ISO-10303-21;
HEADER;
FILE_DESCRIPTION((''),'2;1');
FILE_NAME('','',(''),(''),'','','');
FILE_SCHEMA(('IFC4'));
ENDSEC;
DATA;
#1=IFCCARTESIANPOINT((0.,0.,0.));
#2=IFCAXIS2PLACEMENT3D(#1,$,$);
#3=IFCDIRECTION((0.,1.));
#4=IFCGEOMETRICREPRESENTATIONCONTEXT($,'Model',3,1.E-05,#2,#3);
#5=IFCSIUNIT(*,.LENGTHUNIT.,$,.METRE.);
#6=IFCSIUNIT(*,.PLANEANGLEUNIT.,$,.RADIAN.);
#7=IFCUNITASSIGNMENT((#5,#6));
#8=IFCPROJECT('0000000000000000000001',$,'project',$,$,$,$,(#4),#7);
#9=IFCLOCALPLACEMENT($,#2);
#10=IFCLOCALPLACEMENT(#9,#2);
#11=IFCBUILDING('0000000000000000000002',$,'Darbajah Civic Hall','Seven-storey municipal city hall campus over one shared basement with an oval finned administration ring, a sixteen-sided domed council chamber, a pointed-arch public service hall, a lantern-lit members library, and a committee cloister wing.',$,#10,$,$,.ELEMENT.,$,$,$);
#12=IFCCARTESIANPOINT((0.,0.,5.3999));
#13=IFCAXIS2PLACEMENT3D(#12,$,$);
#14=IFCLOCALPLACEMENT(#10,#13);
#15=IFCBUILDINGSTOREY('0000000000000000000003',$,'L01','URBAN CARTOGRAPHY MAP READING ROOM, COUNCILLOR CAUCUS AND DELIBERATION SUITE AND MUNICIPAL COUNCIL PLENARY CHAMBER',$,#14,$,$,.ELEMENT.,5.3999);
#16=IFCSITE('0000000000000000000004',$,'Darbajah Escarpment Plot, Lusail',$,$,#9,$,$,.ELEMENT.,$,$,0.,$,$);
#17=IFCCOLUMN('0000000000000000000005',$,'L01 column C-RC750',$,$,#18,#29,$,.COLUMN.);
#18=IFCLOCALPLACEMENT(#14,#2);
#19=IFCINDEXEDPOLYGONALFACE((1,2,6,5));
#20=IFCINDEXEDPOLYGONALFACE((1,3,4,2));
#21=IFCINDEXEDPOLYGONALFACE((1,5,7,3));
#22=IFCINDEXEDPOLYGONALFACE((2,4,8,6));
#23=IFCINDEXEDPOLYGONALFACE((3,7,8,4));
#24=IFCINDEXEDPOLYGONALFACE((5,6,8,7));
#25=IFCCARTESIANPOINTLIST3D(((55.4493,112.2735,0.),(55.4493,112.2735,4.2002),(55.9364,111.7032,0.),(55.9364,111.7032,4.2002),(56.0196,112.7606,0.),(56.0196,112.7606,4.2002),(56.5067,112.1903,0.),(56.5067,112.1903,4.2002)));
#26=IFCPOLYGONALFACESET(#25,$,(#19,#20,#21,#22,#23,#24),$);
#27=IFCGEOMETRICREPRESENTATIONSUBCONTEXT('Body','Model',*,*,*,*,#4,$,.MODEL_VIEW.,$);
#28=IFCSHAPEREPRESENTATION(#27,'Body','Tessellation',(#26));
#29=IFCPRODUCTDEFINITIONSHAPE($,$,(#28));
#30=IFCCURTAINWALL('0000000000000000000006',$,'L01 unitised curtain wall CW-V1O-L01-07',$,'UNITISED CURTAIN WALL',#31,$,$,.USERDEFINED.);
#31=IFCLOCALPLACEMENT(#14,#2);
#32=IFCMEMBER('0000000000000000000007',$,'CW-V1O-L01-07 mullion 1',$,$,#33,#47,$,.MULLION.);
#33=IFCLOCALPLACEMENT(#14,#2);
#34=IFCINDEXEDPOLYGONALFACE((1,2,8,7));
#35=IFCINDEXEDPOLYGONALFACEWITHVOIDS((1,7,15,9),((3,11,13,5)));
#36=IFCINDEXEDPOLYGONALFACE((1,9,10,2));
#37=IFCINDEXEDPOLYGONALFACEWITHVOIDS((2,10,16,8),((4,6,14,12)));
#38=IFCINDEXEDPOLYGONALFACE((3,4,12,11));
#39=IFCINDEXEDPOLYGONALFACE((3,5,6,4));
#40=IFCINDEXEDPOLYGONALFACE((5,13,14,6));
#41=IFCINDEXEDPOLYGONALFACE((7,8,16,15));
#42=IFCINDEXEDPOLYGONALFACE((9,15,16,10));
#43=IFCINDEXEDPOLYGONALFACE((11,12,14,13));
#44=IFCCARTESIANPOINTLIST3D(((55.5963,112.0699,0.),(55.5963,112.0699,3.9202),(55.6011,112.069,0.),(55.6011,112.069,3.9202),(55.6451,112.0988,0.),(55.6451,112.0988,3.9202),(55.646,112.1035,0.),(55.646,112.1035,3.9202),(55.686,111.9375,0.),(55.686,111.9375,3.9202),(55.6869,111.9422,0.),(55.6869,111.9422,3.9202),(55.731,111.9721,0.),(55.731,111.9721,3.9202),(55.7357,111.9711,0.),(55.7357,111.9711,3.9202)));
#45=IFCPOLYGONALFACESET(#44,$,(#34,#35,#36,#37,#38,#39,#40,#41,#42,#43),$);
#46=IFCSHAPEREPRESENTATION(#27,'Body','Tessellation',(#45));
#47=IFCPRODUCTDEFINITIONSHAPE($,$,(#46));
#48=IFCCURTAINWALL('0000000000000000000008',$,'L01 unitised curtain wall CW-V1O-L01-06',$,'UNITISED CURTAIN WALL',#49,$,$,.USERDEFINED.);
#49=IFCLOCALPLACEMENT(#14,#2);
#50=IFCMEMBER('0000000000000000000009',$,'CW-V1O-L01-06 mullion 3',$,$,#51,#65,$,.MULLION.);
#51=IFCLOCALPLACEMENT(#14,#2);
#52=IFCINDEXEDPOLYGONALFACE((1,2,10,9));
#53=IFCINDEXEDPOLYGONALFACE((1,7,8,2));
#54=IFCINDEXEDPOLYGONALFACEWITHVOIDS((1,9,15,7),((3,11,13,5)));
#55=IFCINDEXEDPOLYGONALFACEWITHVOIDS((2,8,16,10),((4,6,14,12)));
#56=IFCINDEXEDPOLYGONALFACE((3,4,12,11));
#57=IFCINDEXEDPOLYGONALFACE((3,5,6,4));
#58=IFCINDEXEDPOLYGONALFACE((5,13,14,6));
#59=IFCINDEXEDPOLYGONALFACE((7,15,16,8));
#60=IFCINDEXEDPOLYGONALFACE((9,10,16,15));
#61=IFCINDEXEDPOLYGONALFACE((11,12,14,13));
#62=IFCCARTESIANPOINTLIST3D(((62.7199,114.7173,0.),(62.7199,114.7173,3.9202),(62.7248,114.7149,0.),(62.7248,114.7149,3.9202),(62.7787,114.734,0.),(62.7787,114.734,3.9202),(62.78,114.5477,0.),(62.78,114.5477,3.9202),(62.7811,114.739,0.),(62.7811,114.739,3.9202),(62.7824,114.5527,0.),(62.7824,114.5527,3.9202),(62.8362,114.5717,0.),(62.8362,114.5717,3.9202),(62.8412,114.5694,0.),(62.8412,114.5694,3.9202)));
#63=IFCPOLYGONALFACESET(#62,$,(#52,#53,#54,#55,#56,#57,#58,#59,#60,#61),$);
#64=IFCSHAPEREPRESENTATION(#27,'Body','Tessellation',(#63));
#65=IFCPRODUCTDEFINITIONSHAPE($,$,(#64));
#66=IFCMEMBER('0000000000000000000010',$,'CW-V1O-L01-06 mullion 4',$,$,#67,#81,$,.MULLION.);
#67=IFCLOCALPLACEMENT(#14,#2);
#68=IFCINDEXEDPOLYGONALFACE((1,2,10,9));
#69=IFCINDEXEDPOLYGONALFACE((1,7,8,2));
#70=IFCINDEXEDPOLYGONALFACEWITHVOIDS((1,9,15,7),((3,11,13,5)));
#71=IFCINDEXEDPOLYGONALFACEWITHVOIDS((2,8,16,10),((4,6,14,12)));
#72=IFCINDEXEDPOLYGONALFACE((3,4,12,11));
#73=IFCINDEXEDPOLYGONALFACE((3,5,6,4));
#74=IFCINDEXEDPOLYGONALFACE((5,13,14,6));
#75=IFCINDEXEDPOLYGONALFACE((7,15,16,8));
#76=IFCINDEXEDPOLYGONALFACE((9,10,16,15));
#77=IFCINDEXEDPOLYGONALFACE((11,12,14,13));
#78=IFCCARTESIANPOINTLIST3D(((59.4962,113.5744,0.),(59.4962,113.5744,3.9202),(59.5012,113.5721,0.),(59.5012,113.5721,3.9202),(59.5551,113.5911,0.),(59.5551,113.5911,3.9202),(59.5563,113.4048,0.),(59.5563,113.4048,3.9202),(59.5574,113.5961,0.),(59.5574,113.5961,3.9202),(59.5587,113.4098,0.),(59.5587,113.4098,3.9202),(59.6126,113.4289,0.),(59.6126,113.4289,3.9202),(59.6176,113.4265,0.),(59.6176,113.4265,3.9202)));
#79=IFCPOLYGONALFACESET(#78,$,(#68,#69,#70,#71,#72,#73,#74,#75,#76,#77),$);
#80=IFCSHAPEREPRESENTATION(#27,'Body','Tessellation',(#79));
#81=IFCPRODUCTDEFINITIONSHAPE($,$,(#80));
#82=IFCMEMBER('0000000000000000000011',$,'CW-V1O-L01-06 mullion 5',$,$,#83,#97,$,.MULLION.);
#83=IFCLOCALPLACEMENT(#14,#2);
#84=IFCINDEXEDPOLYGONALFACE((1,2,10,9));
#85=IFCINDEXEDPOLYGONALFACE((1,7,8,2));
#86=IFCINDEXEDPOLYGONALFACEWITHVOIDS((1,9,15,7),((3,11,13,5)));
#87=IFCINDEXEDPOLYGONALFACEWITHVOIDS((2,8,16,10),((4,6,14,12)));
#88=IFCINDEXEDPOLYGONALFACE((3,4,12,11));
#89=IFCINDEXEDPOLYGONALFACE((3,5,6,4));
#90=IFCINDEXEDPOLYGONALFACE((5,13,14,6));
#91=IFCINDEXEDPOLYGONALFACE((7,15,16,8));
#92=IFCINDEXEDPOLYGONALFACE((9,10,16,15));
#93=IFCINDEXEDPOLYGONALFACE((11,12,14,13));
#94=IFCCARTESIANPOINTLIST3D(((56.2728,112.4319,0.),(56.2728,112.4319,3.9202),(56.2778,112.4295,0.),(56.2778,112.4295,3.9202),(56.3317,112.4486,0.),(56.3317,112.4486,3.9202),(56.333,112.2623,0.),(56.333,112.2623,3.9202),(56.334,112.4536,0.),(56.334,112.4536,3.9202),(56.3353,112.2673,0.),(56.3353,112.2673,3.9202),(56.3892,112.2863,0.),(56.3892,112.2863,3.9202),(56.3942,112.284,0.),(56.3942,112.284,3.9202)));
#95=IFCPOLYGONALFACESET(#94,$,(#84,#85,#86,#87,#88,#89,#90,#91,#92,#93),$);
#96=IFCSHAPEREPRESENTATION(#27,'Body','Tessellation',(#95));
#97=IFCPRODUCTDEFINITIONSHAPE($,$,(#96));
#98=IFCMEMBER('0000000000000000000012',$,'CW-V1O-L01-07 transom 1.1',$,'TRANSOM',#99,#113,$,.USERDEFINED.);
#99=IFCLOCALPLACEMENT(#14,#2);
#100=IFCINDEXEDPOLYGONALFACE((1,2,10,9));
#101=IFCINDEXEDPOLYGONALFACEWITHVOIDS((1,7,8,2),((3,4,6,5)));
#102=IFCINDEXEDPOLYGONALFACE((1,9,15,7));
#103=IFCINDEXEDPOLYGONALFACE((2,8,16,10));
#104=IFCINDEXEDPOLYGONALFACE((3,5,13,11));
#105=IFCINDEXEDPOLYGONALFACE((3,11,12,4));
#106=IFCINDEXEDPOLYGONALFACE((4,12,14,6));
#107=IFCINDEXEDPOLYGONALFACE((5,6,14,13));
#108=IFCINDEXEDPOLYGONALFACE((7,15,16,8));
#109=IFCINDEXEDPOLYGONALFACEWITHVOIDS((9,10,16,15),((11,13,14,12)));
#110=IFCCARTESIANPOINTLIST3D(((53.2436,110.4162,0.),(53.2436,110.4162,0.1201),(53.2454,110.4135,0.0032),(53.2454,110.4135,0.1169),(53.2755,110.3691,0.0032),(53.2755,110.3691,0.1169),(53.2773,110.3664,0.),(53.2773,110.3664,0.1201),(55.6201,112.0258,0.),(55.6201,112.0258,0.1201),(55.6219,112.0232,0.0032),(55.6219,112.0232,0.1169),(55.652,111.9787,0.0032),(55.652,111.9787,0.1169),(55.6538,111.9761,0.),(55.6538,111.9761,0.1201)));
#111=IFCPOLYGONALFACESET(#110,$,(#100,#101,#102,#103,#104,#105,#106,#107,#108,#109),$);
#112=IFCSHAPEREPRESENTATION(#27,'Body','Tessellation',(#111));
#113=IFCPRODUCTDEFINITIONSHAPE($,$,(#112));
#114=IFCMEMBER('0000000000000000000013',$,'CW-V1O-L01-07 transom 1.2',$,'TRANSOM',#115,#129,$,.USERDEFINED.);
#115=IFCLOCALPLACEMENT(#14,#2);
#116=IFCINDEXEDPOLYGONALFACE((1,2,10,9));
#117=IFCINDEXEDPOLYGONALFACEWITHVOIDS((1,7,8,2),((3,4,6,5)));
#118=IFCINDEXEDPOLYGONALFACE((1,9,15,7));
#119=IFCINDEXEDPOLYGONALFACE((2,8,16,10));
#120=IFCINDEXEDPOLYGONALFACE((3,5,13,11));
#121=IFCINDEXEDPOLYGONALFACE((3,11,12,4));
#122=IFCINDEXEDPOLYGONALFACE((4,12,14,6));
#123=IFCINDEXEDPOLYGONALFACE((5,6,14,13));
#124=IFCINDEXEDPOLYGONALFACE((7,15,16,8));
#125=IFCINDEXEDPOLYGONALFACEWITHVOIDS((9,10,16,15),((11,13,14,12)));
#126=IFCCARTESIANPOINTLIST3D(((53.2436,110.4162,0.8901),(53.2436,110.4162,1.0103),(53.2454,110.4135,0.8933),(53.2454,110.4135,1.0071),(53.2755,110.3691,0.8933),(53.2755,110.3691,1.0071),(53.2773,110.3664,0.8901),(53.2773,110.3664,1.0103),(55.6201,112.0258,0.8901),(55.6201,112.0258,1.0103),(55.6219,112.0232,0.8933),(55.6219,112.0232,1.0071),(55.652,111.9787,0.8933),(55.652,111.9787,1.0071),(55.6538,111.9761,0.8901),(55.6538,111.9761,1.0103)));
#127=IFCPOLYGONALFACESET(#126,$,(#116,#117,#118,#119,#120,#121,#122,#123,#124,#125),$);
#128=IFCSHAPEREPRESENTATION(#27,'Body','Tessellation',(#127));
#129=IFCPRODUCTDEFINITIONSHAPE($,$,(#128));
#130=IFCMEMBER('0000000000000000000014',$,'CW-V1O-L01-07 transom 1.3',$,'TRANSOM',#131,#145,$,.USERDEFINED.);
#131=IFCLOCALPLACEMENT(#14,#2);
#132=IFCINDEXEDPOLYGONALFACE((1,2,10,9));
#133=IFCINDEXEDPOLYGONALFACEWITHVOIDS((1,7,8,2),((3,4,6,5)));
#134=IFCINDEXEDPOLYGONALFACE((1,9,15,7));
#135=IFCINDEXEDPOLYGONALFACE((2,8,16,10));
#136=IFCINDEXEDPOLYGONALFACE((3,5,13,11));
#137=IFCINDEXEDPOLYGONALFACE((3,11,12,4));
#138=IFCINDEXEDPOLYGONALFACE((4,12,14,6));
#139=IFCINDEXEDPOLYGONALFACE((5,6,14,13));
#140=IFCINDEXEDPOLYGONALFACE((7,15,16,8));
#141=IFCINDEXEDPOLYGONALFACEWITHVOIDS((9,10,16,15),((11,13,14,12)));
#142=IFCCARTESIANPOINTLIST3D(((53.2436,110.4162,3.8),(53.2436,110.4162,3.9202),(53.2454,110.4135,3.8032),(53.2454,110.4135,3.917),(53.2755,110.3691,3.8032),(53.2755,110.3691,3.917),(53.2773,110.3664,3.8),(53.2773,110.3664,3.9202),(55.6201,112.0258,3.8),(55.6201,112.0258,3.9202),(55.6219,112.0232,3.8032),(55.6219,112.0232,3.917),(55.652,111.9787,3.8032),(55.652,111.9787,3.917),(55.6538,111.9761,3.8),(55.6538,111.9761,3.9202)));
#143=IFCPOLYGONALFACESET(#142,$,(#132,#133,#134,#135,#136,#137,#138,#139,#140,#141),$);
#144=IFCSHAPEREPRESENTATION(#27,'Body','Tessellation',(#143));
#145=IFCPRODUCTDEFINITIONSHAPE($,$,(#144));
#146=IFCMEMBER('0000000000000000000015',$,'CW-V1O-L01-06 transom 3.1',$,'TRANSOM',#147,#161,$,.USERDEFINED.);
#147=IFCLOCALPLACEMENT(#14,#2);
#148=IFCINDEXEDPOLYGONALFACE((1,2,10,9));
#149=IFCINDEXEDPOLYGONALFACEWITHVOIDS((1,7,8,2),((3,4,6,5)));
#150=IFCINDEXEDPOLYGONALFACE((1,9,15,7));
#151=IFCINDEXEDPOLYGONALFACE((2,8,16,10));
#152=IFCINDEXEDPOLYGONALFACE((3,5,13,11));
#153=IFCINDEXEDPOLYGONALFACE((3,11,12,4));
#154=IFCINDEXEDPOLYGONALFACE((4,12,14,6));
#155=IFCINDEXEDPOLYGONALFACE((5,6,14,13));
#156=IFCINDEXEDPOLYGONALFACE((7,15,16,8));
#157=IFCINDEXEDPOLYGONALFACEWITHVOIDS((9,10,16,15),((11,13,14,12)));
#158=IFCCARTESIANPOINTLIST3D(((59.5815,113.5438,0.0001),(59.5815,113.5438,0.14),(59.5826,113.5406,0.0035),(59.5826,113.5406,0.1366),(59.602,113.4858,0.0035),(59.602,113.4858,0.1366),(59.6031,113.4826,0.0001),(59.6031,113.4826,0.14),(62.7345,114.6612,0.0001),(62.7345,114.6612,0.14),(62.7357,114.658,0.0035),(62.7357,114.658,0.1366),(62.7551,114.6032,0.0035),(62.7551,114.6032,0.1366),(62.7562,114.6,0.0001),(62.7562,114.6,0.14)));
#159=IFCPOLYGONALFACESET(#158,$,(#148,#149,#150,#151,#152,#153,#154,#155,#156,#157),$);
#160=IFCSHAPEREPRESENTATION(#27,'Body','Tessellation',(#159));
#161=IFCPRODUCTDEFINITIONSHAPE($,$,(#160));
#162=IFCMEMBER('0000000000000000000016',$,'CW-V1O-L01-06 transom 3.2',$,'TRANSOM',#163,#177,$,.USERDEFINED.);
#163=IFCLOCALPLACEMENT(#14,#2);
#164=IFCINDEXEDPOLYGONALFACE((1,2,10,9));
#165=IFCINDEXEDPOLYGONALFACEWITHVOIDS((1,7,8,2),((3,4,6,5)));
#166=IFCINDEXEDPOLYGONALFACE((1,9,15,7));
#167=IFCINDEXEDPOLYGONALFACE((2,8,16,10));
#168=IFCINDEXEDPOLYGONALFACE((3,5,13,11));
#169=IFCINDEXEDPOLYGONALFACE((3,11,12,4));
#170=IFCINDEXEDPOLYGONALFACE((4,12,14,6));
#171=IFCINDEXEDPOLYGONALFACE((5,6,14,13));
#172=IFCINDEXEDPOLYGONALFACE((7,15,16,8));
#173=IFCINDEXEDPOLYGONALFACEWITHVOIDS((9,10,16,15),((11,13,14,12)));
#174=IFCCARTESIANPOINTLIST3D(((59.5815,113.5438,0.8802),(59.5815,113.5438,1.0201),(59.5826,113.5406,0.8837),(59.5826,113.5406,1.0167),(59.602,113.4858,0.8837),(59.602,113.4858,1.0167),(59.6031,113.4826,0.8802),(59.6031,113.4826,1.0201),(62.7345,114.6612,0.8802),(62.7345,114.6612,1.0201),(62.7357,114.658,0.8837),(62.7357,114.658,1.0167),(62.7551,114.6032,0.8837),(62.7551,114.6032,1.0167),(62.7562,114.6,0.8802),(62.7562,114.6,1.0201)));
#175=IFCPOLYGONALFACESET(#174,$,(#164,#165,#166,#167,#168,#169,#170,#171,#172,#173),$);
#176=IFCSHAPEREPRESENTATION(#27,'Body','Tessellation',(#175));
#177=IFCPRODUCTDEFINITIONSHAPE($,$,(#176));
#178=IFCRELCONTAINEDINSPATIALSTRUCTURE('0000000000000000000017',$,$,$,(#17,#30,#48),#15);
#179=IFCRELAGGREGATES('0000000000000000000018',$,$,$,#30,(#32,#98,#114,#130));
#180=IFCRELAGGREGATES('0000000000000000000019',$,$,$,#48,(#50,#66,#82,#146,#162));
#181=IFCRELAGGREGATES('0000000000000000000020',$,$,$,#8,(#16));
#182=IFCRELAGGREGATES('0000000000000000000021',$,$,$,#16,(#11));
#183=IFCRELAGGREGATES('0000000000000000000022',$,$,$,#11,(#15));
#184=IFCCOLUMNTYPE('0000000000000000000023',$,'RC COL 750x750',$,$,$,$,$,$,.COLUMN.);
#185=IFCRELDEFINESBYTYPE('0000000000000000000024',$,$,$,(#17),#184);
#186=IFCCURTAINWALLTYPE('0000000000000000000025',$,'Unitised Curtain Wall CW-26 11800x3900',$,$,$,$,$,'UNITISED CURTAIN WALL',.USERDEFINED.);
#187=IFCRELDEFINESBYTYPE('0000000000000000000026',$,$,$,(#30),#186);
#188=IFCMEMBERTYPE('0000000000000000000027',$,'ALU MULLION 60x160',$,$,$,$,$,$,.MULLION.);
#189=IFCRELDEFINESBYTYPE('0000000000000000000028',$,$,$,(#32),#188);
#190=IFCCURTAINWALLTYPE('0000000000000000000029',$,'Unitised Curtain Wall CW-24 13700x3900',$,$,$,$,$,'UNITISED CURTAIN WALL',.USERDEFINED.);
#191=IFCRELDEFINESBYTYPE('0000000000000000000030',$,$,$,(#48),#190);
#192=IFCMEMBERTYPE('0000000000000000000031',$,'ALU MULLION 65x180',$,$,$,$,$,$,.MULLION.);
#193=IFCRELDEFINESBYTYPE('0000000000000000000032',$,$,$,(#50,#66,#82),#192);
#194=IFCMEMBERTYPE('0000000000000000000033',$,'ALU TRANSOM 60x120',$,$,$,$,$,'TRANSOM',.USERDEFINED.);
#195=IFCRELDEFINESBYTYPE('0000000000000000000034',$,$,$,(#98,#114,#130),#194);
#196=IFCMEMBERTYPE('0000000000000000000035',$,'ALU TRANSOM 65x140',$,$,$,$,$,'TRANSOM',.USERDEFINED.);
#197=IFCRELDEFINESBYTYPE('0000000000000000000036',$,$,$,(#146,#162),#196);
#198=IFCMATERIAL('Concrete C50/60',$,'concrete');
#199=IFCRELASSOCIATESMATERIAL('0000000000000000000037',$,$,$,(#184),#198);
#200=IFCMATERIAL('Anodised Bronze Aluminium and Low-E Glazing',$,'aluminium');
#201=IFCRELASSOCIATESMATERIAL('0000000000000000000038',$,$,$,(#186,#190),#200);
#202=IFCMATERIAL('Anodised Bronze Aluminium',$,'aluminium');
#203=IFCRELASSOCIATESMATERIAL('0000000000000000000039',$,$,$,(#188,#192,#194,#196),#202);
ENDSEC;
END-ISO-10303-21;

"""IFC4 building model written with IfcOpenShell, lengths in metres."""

from ifc_helpers import new_model, si_unit, direction, frame, origin, origin_2d, place, context, subcontext, project, spatial, rectangle, hollow_rectangle, extrude, material, material_profile, profile_set, type_object, element, aggregate, save


model = new_model("IFC4")

# Units and contexts
model_context = context("Model", 3, precision=1e-05, world=origin(), true_north=direction((0.0, 1.0)))
body_context = subcontext(model_context, "Body", "Model", "MODEL_VIEW")
ifc_project = project(units=[si_unit("LENGTHUNIT", "METRE"), si_unit("PLANEANGLEUNIT", "RADIAN")], contexts=[model_context])

# Site, building, storey
site_placement = place(None, origin())
site = spatial("IfcSite", under=ifc_project, at=site_placement, Name="Darbajah Escarpment Plot, Lusail", CompositionType="ELEMENT", RefElevation=0.0)
building_placement = place(site_placement, origin())
building = spatial("IfcBuilding", under=site, at=building_placement, Name="Darbajah Civic Hall", Description="Seven-storey municipal city hall campus over one shared basement with an oval finned administration ring, a sixteen-sided domed council chamber, a pointed-arch public service hall, a lantern-lit members library, and a committee cloister wing.", CompositionType="ELEMENT")
storey_placement = place(building_placement, frame((0.0, 0.0, 5.3999)))
storey = spatial("IfcBuildingStorey", under=building, at=storey_placement, Name="L01", Description="URBAN CARTOGRAPHY MAP READING ROOM, COUNCILLOR CAUCUS AND DELIBERATION SUITE AND MUNICIPAL COUNCIL PLENARY CHAMBER", CompositionType="ELEMENT", Elevation=5.3999)

# Column
ifc_material_1 = material(Name="Concrete C50/60", Category="concrete")
ifc_material_profile_1 = material_profile(ifc_material_1, rectangle(XDim=0.75, YDim=0.75, at=origin_2d()), Name="RC COL 750x750")
ifc_profile_set_1 = profile_set([ifc_material_profile_1], Name="Concrete C50/60")
column_type = type_object("IfcColumnType", Name="RC COL 750x750", PredefinedType="COLUMN", material=ifc_profile_set_1)
column_placement = place(storey_placement, frame((55.978, 112.2319, 0.0), z_axis=(0.0, 0.0, 1.0), x_axis=(-0.649448, 0.760406, 0.0)))
element("IfcColumn", 1, at=column_placement, inside=storey, type_object=column_type, Name="L01 column C-RC750", PredefinedType="COLUMN", context=body_context, shape_type="SweptSolid", body=[
    extrude(rectangle(XDim=0.75, YDim=0.75, at=origin_2d()), origin(), (0.0, 0.0, 1.0), 4.2002),
])

# Curtain wall, member
ifc_material_2 = material(Name="Anodised Bronze Aluminium and Low-E Glazing", Category="aluminium")
curtain_wall_type_1 = type_object("IfcCurtainWallType", Name="Unitised Curtain Wall CW-26 11800x3900", ElementType="UNITISED CURTAIN WALL", PredefinedType="USERDEFINED", material=ifc_material_2)
curtain_wall_1_placement = place(storey_placement, origin())
curtain_wall_1 = element("IfcCurtainWall", 2, at=curtain_wall_1_placement, inside=storey, type_object=curtain_wall_type_1, Name="L01 unitised curtain wall CW-V1O-L01-07", ObjectType="UNITISED CURTAIN WALL", PredefinedType="USERDEFINED")
ifc_material_3 = material(Name="Anodised Bronze Aluminium", Category="aluminium")
ifc_material_profile_2 = material_profile(ifc_material_3, hollow_rectangle(XDim=0.0601, YDim=0.1599, WallThickness=0.0034, at=origin_2d()), Name="ALU MULLION 60x160")
ifc_profile_set_2 = profile_set([ifc_material_profile_2], Name="Anodised Bronze Aluminium")
member_type_1 = type_object("IfcMemberType", Name="ALU MULLION 60x160", PredefinedType="MULLION", material=ifc_profile_set_2)
member_1_placement = place(storey_placement, frame((55.666, 112.0205, 0.0), z_axis=(0.0, 0.0, 1.0), x_axis=(-0.827962, -0.560784, 0.0)))
member_1 = element("IfcMember", 3, at=member_1_placement, type_object=member_type_1, Name="CW-V1O-L01-07 mullion 1", PredefinedType="MULLION", context=body_context, shape_type="SweptSolid", body=[
    extrude(hollow_rectangle(XDim=0.0601, YDim=0.1599, WallThickness=0.0034, at=origin_2d()), origin(), (0.0, 0.0, 1.0), 3.9202),
])

# Curtain wall, members
curtain_wall_type_2 = type_object("IfcCurtainWallType", Name="Unitised Curtain Wall CW-24 13700x3900", ElementType="UNITISED CURTAIN WALL", PredefinedType="USERDEFINED", material=ifc_material_2)
curtain_wall_2_placement = place(storey_placement, origin())
curtain_wall_2 = element("IfcCurtainWall", 4, at=curtain_wall_2_placement, inside=storey, type_object=curtain_wall_type_2, Name="L01 unitised curtain wall CW-V1O-L01-06", ObjectType="UNITISED CURTAIN WALL", PredefinedType="USERDEFINED")
ifc_material_profile_3 = material_profile(ifc_material_3, hollow_rectangle(XDim=0.0649, YDim=0.1799, WallThickness=0.0039, at=origin_2d()), Name="ALU MULLION 65x180")
ifc_profile_set_3 = profile_set([ifc_material_profile_3], Name="Anodised Bronze Aluminium")
member_type_2 = type_object("IfcMemberType", Name="ALU MULLION 65x180", PredefinedType="MULLION", material=ifc_profile_set_3)
member_2_placement = place(storey_placement, frame((62.7805, 114.6433, 0.0), z_axis=(0.0, 0.0, 1.0), x_axis=(-0.942525, -0.334136, 0.0)))
member_2 = element("IfcMember", 5, at=member_2_placement, type_object=member_type_2, Name="CW-V1O-L01-06 mullion 3", PredefinedType="MULLION", context=body_context, shape_type="SweptSolid", body=[
    extrude(hollow_rectangle(XDim=0.0649, YDim=0.1799, WallThickness=0.0039, at=origin_2d()), origin(), (0.0, 0.0, 1.0), 3.9202),
])
member_3_placement = place(storey_placement, frame((59.5569, 113.5005, 0.0), z_axis=(0.0, 0.0, 1.0), x_axis=(-0.942525, -0.334136, 0.0)))
member_3 = element("IfcMember", 6, at=member_3_placement, type_object=member_type_2, Name="CW-V1O-L01-06 mullion 4", PredefinedType="MULLION", context=body_context, shape_type="SweptSolid", body=[
    extrude(hollow_rectangle(XDim=0.0649, YDim=0.1799, WallThickness=0.0039, at=origin_2d()), origin(), (0.0, 0.0, 1.0), 3.9202),
])
member_4_placement = place(storey_placement, frame((56.3335, 112.3579, 0.0), z_axis=(0.0, 0.0, 1.0), x_axis=(-0.942525, -0.334136, 0.0)))
member_4 = element("IfcMember", 7, at=member_4_placement, type_object=member_type_2, Name="CW-V1O-L01-06 mullion 5", PredefinedType="MULLION", context=body_context, shape_type="SweptSolid", body=[
    extrude(hollow_rectangle(XDim=0.0649, YDim=0.1799, WallThickness=0.0039, at=origin_2d()), origin(), (0.0, 0.0, 1.0), 3.9202),
])

# Members
ifc_material_profile_4 = material_profile(ifc_material_3, hollow_rectangle(XDim=0.0601, YDim=0.1201, WallThickness=0.0032, at=origin_2d()), Name="ALU TRANSOM 60x120")
ifc_profile_set_4 = profile_set([ifc_material_profile_4], Name="Anodised Bronze Aluminium")
member_type_3 = type_object("IfcMemberType", Name="ALU TRANSOM 60x120", ElementType="TRANSOM", PredefinedType="USERDEFINED", material=ifc_profile_set_4)
member_5_placement = place(storey_placement, frame((55.637, 112.001, 0.0601), z_axis=(-0.827958, -0.56079, 0.0), x_axis=(0.56079, -0.827958, 0.0)))
member_5 = element("IfcMember", 8, at=member_5_placement, type_object=member_type_3, Name="CW-V1O-L01-07 transom 1.1", ObjectType="TRANSOM", PredefinedType="USERDEFINED", context=body_context, shape_type="SweptSolid", body=[
    extrude(hollow_rectangle(XDim=0.0601, YDim=0.1201, WallThickness=0.0032, at=origin_2d()), origin(), (0.0, 0.0, 1.0), 2.8704),
])
member_6_placement = place(storey_placement, frame((55.637, 112.001, 0.9502), z_axis=(-0.827958, -0.56079, 0.0), x_axis=(0.56079, -0.827958, 0.0)))
member_6 = element("IfcMember", 9, at=member_6_placement, type_object=member_type_3, Name="CW-V1O-L01-07 transom 1.2", ObjectType="TRANSOM", PredefinedType="USERDEFINED", context=body_context, shape_type="SweptSolid", body=[
    extrude(hollow_rectangle(XDim=0.0601, YDim=0.1201, WallThickness=0.0032, at=origin_2d()), origin(), (0.0, 0.0, 1.0), 2.8704),
])
member_7_placement = place(storey_placement, frame((55.637, 112.001, 3.8601), z_axis=(-0.827958, -0.56079, 0.0), x_axis=(0.56079, -0.827958, 0.0)))
member_7 = element("IfcMember", 10, at=member_7_placement, type_object=member_type_3, Name="CW-V1O-L01-07 transom 1.3", ObjectType="TRANSOM", PredefinedType="USERDEFINED", context=body_context, shape_type="SweptSolid", body=[
    extrude(hollow_rectangle(XDim=0.0601, YDim=0.1201, WallThickness=0.0032, at=origin_2d()), origin(), (0.0, 0.0, 1.0), 2.8704),
])
aggregate(curtain_wall_1, [member_1, member_5, member_6, member_7])
ifc_material_profile_5 = material_profile(ifc_material_3, hollow_rectangle(XDim=0.0649, YDim=0.1399, WallThickness=0.0034, at=origin_2d()), Name="ALU TRANSOM 65x140")
ifc_profile_set_5 = profile_set([ifc_material_profile_5], Name="Anodised Bronze Aluminium")
member_type_4 = type_object("IfcMemberType", Name="ALU TRANSOM 65x140", ElementType="TRANSOM", PredefinedType="USERDEFINED", material=ifc_profile_set_5)
member_8_placement = place(storey_placement, frame((62.7454, 114.6306, 0.0701), z_axis=(-0.94256, -0.334038, 0.0), x_axis=(0.334038, -0.94256, 0.0)))
member_8 = element("IfcMember", 11, at=member_8_placement, type_object=member_type_4, Name="CW-V1O-L01-06 transom 3.1", ObjectType="TRANSOM", PredefinedType="USERDEFINED", context=body_context, shape_type="SweptSolid", body=[
    extrude(hollow_rectangle(XDim=0.0649, YDim=0.1399, WallThickness=0.0034, at=origin_2d()), origin(), (0.0, 0.0, 1.0), 3.3452),
])
member_9_placement = place(storey_placement, frame((62.7454, 114.6306, 0.9502), z_axis=(-0.94256, -0.334038, 0.0), x_axis=(0.334038, -0.94256, 0.0)))
member_9 = element("IfcMember", 12, at=member_9_placement, type_object=member_type_4, Name="CW-V1O-L01-06 transom 3.2", ObjectType="TRANSOM", PredefinedType="USERDEFINED", context=body_context, shape_type="SweptSolid", body=[
    extrude(hollow_rectangle(XDim=0.0649, YDim=0.1399, WallThickness=0.0034, at=origin_2d()), origin(), (0.0, 0.0, 1.0), 3.3452),
])

aggregate(curtain_wall_2, [member_2, member_3, member_4, member_8, member_9])

save(model, "model.ifc")
